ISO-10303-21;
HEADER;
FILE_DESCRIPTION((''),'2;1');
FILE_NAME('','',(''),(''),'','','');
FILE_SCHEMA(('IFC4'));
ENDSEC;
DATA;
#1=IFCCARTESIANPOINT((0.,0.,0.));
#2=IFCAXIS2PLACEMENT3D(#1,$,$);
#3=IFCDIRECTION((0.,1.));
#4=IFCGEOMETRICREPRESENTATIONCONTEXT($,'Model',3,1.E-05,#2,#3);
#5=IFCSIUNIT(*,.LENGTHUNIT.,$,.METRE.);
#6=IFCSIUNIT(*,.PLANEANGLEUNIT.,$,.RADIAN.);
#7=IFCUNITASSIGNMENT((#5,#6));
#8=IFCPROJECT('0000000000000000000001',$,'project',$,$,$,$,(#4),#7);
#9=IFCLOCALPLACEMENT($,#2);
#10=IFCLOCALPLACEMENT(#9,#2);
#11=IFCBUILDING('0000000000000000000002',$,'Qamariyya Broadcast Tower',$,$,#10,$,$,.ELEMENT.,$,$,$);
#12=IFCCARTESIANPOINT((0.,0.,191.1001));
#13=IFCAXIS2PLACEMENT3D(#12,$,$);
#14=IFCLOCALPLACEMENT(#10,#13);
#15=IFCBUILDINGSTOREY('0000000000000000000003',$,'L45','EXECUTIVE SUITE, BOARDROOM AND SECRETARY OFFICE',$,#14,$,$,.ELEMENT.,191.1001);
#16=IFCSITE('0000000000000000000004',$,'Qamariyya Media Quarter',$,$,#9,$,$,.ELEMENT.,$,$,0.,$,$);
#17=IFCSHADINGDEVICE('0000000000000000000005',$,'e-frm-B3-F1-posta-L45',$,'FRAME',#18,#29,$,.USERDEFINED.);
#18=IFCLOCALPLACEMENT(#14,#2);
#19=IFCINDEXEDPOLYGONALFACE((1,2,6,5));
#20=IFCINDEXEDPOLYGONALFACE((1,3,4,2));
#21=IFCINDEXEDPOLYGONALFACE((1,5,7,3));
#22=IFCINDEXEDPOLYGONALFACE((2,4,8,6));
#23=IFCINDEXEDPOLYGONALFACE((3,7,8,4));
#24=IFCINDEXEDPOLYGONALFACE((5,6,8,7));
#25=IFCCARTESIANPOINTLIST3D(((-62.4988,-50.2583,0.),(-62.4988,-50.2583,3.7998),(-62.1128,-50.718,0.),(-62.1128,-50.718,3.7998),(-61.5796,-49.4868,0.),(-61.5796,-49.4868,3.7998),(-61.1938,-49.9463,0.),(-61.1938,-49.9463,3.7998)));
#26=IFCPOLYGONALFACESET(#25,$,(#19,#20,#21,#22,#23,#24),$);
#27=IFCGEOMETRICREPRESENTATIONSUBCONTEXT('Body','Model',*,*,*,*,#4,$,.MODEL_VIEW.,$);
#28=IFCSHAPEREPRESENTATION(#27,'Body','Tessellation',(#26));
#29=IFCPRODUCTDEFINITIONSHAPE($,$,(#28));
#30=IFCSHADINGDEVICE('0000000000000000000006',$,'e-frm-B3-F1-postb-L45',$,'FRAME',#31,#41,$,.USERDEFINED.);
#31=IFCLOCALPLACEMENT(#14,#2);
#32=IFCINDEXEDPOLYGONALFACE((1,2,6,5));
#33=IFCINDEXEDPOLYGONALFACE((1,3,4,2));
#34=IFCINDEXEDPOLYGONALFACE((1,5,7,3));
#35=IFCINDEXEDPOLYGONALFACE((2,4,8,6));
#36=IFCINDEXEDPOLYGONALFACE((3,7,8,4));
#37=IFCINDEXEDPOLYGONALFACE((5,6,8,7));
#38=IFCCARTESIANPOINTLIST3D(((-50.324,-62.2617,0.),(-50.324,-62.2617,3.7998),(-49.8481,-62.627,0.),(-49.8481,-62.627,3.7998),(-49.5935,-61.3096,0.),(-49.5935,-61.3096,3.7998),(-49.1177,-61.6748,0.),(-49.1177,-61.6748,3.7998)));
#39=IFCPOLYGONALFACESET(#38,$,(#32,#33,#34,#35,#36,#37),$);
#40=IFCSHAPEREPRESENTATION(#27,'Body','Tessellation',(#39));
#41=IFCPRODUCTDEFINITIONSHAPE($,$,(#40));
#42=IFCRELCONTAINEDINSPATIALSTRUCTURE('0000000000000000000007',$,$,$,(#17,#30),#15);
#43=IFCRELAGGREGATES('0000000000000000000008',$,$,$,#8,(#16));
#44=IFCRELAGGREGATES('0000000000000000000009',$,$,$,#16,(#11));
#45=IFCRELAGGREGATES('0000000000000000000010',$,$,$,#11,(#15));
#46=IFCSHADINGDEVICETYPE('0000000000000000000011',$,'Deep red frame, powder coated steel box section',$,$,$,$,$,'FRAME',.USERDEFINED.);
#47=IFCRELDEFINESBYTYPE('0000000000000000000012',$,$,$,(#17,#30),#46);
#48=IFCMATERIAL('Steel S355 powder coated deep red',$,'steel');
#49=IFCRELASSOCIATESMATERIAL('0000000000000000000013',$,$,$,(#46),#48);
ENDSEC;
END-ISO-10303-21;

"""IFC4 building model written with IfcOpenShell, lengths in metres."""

from ifc_helpers import new_model, si_unit, direction, frame, origin, place, context, subcontext, project, spatial, polyline, outline, extrude, material, type_object, element, save


model = new_model("IFC4")

# Units and contexts
model_context = context("Model", 3, precision=1e-05, world=origin(), true_north=direction((0.0, 1.0)))
body_context = subcontext(model_context, "Body", "Model", "MODEL_VIEW")
ifc_project = project(units=[si_unit("LENGTHUNIT", "METRE"), si_unit("PLANEANGLEUNIT", "RADIAN")], contexts=[model_context])

# Site, building, storey
site_placement = place(None, origin())
building_placement = place(site_placement, origin())
storey_placement = place(building_placement, frame((0.0, 0.0, 191.1001)))
site = spatial("IfcSite", under=ifc_project, at=site_placement, Name="Qamariyya Media Quarter", CompositionType="ELEMENT", RefElevation=0.0)
building = spatial("IfcBuilding", under=site, at=building_placement, Name="Qamariyya Broadcast Tower", CompositionType="ELEMENT")
storey = spatial("IfcBuildingStorey", under=building, at=storey_placement, Name="L45", Description="EXECUTIVE SUITE, BOARDROOM AND SECRETARY OFFICE", CompositionType="ELEMENT", Elevation=191.1001)

# Shading devices
ifc_material_1 = material(Name="Steel S355 powder coated deep red", Category="steel")
shading_device_type = type_object("IfcShadingDeviceType", Name="Deep red frame, powder coated steel box section", ElementType="FRAME", PredefinedType="USERDEFINED", material=ifc_material_1)
shading_device_1_placement = place(storey_placement, origin())
element("IfcShadingDevice", 1, at=shading_device_1_placement, inside=storey, type_object=shading_device_type, Name="e-frm-B3-F1-posta-L45", ObjectType="FRAME", PredefinedType="USERDEFINED", context=body_context, shape_type="SweptSolid", body=[
    extrude(outline(polyline([(-61.5796, -49.4868), (-62.4988, -50.2583), (-62.1128, -50.718), (-61.1938, -49.9463), (-61.5796, -49.4868)])), origin(), (0.0, 0.0, 1.0), 3.7998),
])
shading_device_2_placement = place(storey_placement, origin())
element("IfcShadingDevice", 2, at=shading_device_2_placement, inside=storey, type_object=shading_device_type, Name="e-frm-B3-F1-postb-L45", ObjectType="FRAME", PredefinedType="USERDEFINED", context=body_context, shape_type="SweptSolid", body=[
    extrude(outline(polyline([(-49.5935, -61.3096), (-50.324, -62.2617), (-49.8481, -62.627), (-49.1177, -61.6748), (-49.5935, -61.3096)])), origin(), (0.0, 0.0, 1.0), 3.7998),
])

save(model, "model.ifc")
